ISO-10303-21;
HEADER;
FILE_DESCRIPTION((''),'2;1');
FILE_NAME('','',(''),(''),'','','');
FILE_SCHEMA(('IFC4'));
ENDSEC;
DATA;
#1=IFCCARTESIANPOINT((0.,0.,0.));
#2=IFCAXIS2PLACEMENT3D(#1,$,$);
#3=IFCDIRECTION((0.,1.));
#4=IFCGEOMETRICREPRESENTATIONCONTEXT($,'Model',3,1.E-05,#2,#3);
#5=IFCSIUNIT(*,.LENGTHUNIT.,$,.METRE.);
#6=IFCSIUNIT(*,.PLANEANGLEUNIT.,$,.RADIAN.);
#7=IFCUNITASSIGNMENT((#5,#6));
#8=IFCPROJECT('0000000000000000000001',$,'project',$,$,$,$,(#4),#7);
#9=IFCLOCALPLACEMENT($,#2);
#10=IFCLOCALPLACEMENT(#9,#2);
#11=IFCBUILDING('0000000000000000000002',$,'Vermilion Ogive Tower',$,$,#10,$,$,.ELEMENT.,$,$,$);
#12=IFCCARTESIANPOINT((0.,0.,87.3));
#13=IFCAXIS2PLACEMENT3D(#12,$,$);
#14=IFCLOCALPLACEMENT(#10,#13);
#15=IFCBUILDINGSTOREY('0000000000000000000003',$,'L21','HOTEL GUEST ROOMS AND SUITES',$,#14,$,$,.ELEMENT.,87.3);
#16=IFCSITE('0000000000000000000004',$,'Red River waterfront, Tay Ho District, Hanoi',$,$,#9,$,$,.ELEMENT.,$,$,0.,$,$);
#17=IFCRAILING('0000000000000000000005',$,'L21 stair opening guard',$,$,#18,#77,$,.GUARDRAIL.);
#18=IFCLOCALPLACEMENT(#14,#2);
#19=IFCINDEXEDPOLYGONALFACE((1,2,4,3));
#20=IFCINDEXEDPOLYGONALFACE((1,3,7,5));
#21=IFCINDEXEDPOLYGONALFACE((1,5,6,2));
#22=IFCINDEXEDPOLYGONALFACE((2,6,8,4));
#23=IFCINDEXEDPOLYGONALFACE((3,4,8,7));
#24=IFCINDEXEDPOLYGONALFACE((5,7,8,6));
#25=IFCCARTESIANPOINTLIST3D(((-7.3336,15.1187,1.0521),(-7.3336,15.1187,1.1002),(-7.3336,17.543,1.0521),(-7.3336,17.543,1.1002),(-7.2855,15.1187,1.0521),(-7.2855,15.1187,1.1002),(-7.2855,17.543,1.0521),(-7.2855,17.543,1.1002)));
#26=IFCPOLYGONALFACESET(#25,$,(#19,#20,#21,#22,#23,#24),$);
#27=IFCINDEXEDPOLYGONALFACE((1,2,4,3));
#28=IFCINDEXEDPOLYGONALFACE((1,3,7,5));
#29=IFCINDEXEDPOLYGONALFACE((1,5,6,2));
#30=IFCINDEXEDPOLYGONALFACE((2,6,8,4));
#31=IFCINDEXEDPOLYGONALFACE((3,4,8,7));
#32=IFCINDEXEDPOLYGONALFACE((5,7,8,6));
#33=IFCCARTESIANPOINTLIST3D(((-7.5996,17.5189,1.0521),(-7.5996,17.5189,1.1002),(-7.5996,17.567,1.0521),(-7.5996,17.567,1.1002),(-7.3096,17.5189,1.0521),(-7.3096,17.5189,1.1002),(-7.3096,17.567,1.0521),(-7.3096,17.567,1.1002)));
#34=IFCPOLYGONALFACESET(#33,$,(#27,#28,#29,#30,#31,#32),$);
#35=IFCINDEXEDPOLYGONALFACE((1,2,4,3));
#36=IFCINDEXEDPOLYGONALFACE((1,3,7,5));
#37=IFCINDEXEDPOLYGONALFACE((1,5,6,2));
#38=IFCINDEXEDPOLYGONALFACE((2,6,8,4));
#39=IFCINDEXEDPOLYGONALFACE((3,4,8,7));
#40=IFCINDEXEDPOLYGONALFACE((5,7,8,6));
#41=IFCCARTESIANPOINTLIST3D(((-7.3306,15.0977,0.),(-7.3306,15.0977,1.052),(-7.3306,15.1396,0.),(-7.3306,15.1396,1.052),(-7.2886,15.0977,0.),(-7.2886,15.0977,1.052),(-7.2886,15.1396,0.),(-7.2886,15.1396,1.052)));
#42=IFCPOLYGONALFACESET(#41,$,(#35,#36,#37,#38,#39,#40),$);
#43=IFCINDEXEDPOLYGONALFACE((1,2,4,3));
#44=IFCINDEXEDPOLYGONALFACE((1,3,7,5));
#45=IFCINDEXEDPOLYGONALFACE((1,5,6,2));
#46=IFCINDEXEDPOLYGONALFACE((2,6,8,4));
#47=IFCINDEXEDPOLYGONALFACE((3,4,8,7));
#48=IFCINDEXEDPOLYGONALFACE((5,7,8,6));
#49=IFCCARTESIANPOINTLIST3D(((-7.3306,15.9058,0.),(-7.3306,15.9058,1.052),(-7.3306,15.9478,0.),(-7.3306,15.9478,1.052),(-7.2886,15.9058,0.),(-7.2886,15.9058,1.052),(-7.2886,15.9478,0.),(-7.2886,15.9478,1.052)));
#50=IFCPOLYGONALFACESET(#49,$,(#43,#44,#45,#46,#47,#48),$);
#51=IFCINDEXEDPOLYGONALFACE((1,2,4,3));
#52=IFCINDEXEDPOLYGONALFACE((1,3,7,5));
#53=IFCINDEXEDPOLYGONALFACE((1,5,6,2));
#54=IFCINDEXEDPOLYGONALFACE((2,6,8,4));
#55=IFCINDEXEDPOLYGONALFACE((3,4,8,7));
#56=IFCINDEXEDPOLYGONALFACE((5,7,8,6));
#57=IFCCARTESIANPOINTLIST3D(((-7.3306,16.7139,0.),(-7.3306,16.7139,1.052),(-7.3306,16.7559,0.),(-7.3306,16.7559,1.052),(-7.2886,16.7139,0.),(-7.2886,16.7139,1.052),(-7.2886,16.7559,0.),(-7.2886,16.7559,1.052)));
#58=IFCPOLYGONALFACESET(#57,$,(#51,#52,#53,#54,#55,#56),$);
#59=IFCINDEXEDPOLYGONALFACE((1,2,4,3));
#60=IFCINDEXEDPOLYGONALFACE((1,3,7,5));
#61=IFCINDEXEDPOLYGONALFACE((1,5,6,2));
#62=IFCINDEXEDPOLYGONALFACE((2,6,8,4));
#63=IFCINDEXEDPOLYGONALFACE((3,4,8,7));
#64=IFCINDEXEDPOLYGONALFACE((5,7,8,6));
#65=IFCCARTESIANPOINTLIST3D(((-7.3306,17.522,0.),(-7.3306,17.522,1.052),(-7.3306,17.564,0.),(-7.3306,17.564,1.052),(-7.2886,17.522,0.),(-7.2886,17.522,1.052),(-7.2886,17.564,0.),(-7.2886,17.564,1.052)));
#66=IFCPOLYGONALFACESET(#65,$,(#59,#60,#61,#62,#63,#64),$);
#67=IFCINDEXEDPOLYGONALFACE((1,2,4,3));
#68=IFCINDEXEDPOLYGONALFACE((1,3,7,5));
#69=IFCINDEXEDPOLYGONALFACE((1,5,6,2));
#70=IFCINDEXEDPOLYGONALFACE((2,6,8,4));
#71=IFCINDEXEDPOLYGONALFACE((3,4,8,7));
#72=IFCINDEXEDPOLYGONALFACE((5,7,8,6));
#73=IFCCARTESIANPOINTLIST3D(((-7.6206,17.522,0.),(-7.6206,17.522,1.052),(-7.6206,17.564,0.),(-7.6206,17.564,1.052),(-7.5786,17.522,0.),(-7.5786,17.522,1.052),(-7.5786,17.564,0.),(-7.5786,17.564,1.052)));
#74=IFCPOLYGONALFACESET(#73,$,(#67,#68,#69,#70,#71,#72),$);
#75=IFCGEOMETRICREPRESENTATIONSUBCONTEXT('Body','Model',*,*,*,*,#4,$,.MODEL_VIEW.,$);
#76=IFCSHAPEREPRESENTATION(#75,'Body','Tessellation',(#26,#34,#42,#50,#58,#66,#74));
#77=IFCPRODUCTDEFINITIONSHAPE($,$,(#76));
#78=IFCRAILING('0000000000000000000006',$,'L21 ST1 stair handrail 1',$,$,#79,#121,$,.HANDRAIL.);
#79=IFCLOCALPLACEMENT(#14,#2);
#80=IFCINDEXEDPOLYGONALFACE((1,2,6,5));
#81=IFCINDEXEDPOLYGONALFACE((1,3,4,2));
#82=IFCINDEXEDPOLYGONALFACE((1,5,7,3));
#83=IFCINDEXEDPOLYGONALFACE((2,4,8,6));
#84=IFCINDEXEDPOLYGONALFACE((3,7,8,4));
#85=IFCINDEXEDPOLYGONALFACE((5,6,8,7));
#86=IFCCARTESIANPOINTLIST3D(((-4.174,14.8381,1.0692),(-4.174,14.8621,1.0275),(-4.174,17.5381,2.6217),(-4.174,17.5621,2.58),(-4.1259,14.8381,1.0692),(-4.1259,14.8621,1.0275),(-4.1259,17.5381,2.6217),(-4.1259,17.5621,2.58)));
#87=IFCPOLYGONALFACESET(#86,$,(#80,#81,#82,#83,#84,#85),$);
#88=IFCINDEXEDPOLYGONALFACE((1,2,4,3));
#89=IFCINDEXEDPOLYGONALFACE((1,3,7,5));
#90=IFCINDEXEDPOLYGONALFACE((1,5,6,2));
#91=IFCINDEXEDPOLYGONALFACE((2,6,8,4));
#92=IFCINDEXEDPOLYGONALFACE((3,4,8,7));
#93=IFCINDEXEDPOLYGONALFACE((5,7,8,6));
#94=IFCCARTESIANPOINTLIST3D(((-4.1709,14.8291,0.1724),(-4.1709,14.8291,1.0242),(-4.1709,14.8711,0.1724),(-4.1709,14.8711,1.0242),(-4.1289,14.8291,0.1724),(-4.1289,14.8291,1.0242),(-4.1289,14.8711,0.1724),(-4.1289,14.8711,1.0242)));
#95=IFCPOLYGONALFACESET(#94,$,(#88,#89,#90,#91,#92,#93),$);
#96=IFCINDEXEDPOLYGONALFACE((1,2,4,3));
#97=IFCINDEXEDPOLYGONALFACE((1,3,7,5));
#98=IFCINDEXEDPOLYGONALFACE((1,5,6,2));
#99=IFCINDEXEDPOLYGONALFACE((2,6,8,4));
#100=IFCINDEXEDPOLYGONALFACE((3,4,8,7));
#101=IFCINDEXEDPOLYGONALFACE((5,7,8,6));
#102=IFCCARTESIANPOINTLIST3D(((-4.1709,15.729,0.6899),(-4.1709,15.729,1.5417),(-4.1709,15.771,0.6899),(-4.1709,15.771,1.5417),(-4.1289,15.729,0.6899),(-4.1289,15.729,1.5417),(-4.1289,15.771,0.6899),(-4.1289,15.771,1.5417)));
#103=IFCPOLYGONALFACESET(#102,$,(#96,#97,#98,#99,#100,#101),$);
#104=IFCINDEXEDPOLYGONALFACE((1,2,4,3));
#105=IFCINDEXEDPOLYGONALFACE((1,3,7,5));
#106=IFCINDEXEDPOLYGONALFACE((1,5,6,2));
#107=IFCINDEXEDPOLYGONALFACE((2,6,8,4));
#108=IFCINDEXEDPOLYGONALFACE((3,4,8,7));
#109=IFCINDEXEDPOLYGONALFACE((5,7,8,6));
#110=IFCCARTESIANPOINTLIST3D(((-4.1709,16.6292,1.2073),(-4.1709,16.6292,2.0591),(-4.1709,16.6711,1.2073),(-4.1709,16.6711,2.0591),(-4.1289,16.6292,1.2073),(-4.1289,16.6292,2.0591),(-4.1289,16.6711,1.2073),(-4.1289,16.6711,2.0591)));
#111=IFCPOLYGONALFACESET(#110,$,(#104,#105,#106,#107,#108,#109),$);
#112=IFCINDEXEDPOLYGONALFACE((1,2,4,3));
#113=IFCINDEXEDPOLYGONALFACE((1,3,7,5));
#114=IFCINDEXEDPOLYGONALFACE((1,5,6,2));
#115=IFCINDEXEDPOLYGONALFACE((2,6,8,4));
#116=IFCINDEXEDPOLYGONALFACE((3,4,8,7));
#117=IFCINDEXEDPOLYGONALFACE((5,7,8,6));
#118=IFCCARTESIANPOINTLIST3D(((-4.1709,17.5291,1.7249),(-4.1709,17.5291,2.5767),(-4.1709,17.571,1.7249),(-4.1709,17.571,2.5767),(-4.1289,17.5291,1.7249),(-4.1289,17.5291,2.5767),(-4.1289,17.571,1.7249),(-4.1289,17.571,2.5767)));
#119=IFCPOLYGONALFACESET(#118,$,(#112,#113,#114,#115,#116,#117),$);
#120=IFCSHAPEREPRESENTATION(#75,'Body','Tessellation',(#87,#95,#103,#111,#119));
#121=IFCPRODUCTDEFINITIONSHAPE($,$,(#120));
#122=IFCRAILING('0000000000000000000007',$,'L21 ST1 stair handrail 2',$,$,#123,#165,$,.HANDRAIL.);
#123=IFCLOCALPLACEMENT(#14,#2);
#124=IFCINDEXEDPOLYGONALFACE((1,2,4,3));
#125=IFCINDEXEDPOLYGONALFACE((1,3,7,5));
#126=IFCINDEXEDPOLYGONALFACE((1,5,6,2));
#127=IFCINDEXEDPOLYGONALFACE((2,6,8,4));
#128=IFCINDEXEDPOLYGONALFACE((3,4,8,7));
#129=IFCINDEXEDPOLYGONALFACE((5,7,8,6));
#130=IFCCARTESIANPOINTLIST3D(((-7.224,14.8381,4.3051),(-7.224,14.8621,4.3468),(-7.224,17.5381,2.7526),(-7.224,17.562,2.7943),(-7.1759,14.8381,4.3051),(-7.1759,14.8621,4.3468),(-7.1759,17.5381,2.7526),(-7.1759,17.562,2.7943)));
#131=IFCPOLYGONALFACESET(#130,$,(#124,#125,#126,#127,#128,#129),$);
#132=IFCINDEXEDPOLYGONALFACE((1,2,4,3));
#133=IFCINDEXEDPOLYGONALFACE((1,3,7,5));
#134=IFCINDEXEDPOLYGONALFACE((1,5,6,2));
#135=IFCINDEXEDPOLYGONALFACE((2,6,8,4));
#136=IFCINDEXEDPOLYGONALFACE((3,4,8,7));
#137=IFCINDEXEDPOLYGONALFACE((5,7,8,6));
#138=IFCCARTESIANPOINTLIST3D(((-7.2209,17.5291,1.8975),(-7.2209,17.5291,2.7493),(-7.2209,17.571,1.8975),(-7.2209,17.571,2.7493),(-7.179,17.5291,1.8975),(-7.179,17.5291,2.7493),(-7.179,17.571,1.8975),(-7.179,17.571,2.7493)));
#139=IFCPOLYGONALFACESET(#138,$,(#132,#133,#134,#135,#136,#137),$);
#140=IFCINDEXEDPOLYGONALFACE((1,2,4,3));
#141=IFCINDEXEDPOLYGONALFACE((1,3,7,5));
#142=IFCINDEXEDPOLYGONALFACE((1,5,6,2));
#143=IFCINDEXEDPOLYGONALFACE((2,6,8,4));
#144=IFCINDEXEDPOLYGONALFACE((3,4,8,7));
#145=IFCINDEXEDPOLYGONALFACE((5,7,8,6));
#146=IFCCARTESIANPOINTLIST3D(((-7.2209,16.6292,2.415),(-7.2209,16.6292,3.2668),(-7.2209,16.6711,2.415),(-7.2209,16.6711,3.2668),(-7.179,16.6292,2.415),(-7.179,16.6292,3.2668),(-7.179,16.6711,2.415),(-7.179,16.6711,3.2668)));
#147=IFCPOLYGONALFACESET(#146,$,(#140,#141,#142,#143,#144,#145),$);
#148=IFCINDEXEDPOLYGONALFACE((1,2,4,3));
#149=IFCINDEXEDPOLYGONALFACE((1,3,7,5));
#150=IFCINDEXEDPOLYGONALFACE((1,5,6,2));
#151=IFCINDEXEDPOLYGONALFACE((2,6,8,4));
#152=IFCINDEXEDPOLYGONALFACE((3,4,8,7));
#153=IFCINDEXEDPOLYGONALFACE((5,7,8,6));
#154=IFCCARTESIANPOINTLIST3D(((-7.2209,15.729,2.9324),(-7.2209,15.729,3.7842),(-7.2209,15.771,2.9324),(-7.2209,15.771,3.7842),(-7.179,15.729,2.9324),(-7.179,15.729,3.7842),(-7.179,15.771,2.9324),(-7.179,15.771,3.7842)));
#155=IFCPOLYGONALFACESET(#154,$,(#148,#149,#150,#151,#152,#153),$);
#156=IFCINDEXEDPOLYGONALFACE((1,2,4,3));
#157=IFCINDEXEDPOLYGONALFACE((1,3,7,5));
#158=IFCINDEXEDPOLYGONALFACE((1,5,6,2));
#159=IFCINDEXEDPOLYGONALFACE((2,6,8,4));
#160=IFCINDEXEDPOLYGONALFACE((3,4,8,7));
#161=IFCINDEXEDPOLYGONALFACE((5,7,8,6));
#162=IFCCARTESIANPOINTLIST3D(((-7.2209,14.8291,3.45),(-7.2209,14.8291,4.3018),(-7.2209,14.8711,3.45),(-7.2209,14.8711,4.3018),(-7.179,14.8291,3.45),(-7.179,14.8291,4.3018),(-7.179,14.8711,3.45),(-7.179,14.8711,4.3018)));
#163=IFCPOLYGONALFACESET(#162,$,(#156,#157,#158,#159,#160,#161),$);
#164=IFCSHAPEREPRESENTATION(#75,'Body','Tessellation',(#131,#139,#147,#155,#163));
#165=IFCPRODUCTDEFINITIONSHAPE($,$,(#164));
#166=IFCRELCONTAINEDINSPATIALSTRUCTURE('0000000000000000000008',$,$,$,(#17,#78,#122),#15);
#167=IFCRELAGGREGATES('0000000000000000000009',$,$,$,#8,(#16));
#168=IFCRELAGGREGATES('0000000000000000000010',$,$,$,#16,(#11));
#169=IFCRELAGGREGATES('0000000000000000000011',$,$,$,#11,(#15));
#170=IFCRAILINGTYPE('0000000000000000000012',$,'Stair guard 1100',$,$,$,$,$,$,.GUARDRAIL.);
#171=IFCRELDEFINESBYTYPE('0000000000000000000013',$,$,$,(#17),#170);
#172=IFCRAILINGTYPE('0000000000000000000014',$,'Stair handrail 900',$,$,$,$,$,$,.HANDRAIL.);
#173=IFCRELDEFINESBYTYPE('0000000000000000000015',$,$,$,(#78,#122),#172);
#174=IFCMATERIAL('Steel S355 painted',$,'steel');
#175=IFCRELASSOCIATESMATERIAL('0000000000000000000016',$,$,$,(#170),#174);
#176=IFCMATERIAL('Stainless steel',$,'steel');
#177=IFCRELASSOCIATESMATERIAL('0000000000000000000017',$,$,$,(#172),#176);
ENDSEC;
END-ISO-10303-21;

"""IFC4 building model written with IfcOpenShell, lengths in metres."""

from ifc_helpers import new_model, si_unit, direction, frame, origin, origin_2d, place, context, subcontext, project, spatial, rectangle, extrude, material, type_object, element, save


model = new_model("IFC4")

# Units and contexts
model_context = context("Model", 3, precision=1e-05, world=origin(), true_north=direction((0.0, 1.0)))
body_context = subcontext(model_context, "Body", "Model", "MODEL_VIEW")
ifc_project = project(units=[si_unit("LENGTHUNIT", "METRE"), si_unit("PLANEANGLEUNIT", "RADIAN")], contexts=[model_context])

# Site, building, storey
site_placement = place(None, origin())
site = spatial("IfcSite", under=ifc_project, at=site_placement, Name="Red River waterfront, Tay Ho District, Hanoi", CompositionType="ELEMENT", RefElevation=0.0)
building_placement = place(site_placement, origin())
building = spatial("IfcBuilding", under=site, at=building_placement, Name="Vermilion Ogive Tower", CompositionType="ELEMENT")
storey_placement = place(building_placement, frame((0.0, 0.0, 87.3)))
storey = spatial("IfcBuildingStorey", under=building, at=storey_placement, Name="L21", Description="HOTEL GUEST ROOMS AND SUITES", CompositionType="ELEMENT", Elevation=87.3)

# Railings
ifc_material_1 = material(Name="Steel S355 painted", Category="steel")
railing_type_1 = type_object("IfcRailingType", Name="Stair guard 1100", PredefinedType="GUARDRAIL", material=ifc_material_1)
railing_1_placement = place(storey_placement, frame((-7.3096, 15.1187, 0.0)))
element("IfcRailing", 1, at=railing_1_placement, inside=storey, type_object=railing_type_1, Name="L21 stair opening guard", PredefinedType="GUARDRAIL", context=body_context, shape_type="SweptSolid", body=[
    extrude(rectangle(XDim=0.0481, YDim=0.0481, at=origin_2d()), frame((0.0, 0.0, 1.0762), z_axis=(0.0, 1.0, 0.0), x_axis=(-1.0, 0.0, 0.0)), (0.0, 0.0, 1.0), 2.4243),
    extrude(rectangle(XDim=0.0481, YDim=0.0481, at=origin_2d()), frame((0.0, 2.4243, 1.0762), z_axis=(-1.0, 0.0, 0.0), x_axis=(0.0, -1.0, 0.0)), (0.0, 0.0, 1.0), 0.29),
    extrude(rectangle(XDim=0.042, YDim=0.042, at=origin_2d()), origin(), (0.0, 0.0, 1.0), 1.052),
    extrude(rectangle(XDim=0.042, YDim=0.042, at=origin_2d()), frame((0.0, 0.8081, 0.0)), (0.0, 0.0, 1.0), 1.052),
    extrude(rectangle(XDim=0.042, YDim=0.042, at=origin_2d()), frame((0.0, 1.6162, 0.0)), (0.0, 0.0, 1.0), 1.052),
    extrude(rectangle(XDim=0.042, YDim=0.042, at=origin_2d()), frame((0.0, 2.4243, 0.0)), (0.0, 0.0, 1.0), 1.052),
    extrude(rectangle(XDim=0.042, YDim=0.042, at=origin_2d()), frame((-0.29, 2.4243, 0.0)), (0.0, 0.0, 1.0), 1.052),
])
ifc_material_2 = material(Name="Stainless steel", Category="steel")
railing_type_2 = type_object("IfcRailingType", Name="Stair handrail 900", PredefinedType="HANDRAIL", material=ifc_material_2)
railing_2_placement = place(storey_placement, frame((-4.1499, 14.8501, 0.1724)))
element("IfcRailing", 2, at=railing_2_placement, inside=storey, type_object=railing_type_2, Name="L21 ST1 stair handrail 1", PredefinedType="HANDRAIL", context=body_context, shape_type="SweptSolid", body=[
    extrude(rectangle(XDim=0.0481, YDim=0.0481, at=origin_2d()), frame((0.0, 0.0, 0.876), z_axis=(0.0, 0.866904, 0.498476), x_axis=(-1.0, 0.0, 0.0)), (0.0, 0.0, 1.0), 3.1145),
    extrude(rectangle(XDim=0.042, YDim=0.042, at=origin_2d()), origin(), (0.0, 0.0, 1.0), 0.8518),
    extrude(rectangle(XDim=0.042, YDim=0.042, at=origin_2d()), frame((0.0, 0.8999, 0.5176)), (0.0, 0.0, 1.0), 0.8518),
    extrude(rectangle(XDim=0.042, YDim=0.042, at=origin_2d()), frame((0.0, 1.8, 1.0349)), (0.0, 0.0, 1.0), 0.8518),
    extrude(rectangle(XDim=0.042, YDim=0.042, at=origin_2d()), frame((0.0, 2.7, 1.5525)), (0.0, 0.0, 1.0), 0.8518),
])
railing_3_placement = place(storey_placement, frame((-7.2, 17.55, 1.8975)))
element("IfcRailing", 3, at=railing_3_placement, inside=storey, type_object=railing_type_2, Name="L21 ST1 stair handrail 2", PredefinedType="HANDRAIL", context=body_context, shape_type="SweptSolid", body=[
    extrude(rectangle(XDim=0.0481, YDim=0.0481, at=origin_2d()), frame((0.0, 0.0, 0.876), z_axis=(0.0, -0.866904, 0.498476), x_axis=(1.0, 0.0, 0.0)), (0.0, 0.0, 1.0), 3.1145),
    extrude(rectangle(XDim=0.042, YDim=0.042, at=origin_2d()), origin(), (0.0, 0.0, 1.0), 0.8518),
    extrude(rectangle(XDim=0.042, YDim=0.042, at=origin_2d()), frame((0.0, -0.8999, 0.5176)), (0.0, 0.0, 1.0), 0.8518),
    extrude(rectangle(XDim=0.042, YDim=0.042, at=origin_2d()), frame((0.0, -1.8, 1.0349)), (0.0, 0.0, 1.0), 0.8518),
    extrude(rectangle(XDim=0.042, YDim=0.042, at=origin_2d()), frame((0.0, -2.7, 1.5525)), (0.0, 0.0, 1.0), 0.8518),
])

save(model, "model.ifc")
